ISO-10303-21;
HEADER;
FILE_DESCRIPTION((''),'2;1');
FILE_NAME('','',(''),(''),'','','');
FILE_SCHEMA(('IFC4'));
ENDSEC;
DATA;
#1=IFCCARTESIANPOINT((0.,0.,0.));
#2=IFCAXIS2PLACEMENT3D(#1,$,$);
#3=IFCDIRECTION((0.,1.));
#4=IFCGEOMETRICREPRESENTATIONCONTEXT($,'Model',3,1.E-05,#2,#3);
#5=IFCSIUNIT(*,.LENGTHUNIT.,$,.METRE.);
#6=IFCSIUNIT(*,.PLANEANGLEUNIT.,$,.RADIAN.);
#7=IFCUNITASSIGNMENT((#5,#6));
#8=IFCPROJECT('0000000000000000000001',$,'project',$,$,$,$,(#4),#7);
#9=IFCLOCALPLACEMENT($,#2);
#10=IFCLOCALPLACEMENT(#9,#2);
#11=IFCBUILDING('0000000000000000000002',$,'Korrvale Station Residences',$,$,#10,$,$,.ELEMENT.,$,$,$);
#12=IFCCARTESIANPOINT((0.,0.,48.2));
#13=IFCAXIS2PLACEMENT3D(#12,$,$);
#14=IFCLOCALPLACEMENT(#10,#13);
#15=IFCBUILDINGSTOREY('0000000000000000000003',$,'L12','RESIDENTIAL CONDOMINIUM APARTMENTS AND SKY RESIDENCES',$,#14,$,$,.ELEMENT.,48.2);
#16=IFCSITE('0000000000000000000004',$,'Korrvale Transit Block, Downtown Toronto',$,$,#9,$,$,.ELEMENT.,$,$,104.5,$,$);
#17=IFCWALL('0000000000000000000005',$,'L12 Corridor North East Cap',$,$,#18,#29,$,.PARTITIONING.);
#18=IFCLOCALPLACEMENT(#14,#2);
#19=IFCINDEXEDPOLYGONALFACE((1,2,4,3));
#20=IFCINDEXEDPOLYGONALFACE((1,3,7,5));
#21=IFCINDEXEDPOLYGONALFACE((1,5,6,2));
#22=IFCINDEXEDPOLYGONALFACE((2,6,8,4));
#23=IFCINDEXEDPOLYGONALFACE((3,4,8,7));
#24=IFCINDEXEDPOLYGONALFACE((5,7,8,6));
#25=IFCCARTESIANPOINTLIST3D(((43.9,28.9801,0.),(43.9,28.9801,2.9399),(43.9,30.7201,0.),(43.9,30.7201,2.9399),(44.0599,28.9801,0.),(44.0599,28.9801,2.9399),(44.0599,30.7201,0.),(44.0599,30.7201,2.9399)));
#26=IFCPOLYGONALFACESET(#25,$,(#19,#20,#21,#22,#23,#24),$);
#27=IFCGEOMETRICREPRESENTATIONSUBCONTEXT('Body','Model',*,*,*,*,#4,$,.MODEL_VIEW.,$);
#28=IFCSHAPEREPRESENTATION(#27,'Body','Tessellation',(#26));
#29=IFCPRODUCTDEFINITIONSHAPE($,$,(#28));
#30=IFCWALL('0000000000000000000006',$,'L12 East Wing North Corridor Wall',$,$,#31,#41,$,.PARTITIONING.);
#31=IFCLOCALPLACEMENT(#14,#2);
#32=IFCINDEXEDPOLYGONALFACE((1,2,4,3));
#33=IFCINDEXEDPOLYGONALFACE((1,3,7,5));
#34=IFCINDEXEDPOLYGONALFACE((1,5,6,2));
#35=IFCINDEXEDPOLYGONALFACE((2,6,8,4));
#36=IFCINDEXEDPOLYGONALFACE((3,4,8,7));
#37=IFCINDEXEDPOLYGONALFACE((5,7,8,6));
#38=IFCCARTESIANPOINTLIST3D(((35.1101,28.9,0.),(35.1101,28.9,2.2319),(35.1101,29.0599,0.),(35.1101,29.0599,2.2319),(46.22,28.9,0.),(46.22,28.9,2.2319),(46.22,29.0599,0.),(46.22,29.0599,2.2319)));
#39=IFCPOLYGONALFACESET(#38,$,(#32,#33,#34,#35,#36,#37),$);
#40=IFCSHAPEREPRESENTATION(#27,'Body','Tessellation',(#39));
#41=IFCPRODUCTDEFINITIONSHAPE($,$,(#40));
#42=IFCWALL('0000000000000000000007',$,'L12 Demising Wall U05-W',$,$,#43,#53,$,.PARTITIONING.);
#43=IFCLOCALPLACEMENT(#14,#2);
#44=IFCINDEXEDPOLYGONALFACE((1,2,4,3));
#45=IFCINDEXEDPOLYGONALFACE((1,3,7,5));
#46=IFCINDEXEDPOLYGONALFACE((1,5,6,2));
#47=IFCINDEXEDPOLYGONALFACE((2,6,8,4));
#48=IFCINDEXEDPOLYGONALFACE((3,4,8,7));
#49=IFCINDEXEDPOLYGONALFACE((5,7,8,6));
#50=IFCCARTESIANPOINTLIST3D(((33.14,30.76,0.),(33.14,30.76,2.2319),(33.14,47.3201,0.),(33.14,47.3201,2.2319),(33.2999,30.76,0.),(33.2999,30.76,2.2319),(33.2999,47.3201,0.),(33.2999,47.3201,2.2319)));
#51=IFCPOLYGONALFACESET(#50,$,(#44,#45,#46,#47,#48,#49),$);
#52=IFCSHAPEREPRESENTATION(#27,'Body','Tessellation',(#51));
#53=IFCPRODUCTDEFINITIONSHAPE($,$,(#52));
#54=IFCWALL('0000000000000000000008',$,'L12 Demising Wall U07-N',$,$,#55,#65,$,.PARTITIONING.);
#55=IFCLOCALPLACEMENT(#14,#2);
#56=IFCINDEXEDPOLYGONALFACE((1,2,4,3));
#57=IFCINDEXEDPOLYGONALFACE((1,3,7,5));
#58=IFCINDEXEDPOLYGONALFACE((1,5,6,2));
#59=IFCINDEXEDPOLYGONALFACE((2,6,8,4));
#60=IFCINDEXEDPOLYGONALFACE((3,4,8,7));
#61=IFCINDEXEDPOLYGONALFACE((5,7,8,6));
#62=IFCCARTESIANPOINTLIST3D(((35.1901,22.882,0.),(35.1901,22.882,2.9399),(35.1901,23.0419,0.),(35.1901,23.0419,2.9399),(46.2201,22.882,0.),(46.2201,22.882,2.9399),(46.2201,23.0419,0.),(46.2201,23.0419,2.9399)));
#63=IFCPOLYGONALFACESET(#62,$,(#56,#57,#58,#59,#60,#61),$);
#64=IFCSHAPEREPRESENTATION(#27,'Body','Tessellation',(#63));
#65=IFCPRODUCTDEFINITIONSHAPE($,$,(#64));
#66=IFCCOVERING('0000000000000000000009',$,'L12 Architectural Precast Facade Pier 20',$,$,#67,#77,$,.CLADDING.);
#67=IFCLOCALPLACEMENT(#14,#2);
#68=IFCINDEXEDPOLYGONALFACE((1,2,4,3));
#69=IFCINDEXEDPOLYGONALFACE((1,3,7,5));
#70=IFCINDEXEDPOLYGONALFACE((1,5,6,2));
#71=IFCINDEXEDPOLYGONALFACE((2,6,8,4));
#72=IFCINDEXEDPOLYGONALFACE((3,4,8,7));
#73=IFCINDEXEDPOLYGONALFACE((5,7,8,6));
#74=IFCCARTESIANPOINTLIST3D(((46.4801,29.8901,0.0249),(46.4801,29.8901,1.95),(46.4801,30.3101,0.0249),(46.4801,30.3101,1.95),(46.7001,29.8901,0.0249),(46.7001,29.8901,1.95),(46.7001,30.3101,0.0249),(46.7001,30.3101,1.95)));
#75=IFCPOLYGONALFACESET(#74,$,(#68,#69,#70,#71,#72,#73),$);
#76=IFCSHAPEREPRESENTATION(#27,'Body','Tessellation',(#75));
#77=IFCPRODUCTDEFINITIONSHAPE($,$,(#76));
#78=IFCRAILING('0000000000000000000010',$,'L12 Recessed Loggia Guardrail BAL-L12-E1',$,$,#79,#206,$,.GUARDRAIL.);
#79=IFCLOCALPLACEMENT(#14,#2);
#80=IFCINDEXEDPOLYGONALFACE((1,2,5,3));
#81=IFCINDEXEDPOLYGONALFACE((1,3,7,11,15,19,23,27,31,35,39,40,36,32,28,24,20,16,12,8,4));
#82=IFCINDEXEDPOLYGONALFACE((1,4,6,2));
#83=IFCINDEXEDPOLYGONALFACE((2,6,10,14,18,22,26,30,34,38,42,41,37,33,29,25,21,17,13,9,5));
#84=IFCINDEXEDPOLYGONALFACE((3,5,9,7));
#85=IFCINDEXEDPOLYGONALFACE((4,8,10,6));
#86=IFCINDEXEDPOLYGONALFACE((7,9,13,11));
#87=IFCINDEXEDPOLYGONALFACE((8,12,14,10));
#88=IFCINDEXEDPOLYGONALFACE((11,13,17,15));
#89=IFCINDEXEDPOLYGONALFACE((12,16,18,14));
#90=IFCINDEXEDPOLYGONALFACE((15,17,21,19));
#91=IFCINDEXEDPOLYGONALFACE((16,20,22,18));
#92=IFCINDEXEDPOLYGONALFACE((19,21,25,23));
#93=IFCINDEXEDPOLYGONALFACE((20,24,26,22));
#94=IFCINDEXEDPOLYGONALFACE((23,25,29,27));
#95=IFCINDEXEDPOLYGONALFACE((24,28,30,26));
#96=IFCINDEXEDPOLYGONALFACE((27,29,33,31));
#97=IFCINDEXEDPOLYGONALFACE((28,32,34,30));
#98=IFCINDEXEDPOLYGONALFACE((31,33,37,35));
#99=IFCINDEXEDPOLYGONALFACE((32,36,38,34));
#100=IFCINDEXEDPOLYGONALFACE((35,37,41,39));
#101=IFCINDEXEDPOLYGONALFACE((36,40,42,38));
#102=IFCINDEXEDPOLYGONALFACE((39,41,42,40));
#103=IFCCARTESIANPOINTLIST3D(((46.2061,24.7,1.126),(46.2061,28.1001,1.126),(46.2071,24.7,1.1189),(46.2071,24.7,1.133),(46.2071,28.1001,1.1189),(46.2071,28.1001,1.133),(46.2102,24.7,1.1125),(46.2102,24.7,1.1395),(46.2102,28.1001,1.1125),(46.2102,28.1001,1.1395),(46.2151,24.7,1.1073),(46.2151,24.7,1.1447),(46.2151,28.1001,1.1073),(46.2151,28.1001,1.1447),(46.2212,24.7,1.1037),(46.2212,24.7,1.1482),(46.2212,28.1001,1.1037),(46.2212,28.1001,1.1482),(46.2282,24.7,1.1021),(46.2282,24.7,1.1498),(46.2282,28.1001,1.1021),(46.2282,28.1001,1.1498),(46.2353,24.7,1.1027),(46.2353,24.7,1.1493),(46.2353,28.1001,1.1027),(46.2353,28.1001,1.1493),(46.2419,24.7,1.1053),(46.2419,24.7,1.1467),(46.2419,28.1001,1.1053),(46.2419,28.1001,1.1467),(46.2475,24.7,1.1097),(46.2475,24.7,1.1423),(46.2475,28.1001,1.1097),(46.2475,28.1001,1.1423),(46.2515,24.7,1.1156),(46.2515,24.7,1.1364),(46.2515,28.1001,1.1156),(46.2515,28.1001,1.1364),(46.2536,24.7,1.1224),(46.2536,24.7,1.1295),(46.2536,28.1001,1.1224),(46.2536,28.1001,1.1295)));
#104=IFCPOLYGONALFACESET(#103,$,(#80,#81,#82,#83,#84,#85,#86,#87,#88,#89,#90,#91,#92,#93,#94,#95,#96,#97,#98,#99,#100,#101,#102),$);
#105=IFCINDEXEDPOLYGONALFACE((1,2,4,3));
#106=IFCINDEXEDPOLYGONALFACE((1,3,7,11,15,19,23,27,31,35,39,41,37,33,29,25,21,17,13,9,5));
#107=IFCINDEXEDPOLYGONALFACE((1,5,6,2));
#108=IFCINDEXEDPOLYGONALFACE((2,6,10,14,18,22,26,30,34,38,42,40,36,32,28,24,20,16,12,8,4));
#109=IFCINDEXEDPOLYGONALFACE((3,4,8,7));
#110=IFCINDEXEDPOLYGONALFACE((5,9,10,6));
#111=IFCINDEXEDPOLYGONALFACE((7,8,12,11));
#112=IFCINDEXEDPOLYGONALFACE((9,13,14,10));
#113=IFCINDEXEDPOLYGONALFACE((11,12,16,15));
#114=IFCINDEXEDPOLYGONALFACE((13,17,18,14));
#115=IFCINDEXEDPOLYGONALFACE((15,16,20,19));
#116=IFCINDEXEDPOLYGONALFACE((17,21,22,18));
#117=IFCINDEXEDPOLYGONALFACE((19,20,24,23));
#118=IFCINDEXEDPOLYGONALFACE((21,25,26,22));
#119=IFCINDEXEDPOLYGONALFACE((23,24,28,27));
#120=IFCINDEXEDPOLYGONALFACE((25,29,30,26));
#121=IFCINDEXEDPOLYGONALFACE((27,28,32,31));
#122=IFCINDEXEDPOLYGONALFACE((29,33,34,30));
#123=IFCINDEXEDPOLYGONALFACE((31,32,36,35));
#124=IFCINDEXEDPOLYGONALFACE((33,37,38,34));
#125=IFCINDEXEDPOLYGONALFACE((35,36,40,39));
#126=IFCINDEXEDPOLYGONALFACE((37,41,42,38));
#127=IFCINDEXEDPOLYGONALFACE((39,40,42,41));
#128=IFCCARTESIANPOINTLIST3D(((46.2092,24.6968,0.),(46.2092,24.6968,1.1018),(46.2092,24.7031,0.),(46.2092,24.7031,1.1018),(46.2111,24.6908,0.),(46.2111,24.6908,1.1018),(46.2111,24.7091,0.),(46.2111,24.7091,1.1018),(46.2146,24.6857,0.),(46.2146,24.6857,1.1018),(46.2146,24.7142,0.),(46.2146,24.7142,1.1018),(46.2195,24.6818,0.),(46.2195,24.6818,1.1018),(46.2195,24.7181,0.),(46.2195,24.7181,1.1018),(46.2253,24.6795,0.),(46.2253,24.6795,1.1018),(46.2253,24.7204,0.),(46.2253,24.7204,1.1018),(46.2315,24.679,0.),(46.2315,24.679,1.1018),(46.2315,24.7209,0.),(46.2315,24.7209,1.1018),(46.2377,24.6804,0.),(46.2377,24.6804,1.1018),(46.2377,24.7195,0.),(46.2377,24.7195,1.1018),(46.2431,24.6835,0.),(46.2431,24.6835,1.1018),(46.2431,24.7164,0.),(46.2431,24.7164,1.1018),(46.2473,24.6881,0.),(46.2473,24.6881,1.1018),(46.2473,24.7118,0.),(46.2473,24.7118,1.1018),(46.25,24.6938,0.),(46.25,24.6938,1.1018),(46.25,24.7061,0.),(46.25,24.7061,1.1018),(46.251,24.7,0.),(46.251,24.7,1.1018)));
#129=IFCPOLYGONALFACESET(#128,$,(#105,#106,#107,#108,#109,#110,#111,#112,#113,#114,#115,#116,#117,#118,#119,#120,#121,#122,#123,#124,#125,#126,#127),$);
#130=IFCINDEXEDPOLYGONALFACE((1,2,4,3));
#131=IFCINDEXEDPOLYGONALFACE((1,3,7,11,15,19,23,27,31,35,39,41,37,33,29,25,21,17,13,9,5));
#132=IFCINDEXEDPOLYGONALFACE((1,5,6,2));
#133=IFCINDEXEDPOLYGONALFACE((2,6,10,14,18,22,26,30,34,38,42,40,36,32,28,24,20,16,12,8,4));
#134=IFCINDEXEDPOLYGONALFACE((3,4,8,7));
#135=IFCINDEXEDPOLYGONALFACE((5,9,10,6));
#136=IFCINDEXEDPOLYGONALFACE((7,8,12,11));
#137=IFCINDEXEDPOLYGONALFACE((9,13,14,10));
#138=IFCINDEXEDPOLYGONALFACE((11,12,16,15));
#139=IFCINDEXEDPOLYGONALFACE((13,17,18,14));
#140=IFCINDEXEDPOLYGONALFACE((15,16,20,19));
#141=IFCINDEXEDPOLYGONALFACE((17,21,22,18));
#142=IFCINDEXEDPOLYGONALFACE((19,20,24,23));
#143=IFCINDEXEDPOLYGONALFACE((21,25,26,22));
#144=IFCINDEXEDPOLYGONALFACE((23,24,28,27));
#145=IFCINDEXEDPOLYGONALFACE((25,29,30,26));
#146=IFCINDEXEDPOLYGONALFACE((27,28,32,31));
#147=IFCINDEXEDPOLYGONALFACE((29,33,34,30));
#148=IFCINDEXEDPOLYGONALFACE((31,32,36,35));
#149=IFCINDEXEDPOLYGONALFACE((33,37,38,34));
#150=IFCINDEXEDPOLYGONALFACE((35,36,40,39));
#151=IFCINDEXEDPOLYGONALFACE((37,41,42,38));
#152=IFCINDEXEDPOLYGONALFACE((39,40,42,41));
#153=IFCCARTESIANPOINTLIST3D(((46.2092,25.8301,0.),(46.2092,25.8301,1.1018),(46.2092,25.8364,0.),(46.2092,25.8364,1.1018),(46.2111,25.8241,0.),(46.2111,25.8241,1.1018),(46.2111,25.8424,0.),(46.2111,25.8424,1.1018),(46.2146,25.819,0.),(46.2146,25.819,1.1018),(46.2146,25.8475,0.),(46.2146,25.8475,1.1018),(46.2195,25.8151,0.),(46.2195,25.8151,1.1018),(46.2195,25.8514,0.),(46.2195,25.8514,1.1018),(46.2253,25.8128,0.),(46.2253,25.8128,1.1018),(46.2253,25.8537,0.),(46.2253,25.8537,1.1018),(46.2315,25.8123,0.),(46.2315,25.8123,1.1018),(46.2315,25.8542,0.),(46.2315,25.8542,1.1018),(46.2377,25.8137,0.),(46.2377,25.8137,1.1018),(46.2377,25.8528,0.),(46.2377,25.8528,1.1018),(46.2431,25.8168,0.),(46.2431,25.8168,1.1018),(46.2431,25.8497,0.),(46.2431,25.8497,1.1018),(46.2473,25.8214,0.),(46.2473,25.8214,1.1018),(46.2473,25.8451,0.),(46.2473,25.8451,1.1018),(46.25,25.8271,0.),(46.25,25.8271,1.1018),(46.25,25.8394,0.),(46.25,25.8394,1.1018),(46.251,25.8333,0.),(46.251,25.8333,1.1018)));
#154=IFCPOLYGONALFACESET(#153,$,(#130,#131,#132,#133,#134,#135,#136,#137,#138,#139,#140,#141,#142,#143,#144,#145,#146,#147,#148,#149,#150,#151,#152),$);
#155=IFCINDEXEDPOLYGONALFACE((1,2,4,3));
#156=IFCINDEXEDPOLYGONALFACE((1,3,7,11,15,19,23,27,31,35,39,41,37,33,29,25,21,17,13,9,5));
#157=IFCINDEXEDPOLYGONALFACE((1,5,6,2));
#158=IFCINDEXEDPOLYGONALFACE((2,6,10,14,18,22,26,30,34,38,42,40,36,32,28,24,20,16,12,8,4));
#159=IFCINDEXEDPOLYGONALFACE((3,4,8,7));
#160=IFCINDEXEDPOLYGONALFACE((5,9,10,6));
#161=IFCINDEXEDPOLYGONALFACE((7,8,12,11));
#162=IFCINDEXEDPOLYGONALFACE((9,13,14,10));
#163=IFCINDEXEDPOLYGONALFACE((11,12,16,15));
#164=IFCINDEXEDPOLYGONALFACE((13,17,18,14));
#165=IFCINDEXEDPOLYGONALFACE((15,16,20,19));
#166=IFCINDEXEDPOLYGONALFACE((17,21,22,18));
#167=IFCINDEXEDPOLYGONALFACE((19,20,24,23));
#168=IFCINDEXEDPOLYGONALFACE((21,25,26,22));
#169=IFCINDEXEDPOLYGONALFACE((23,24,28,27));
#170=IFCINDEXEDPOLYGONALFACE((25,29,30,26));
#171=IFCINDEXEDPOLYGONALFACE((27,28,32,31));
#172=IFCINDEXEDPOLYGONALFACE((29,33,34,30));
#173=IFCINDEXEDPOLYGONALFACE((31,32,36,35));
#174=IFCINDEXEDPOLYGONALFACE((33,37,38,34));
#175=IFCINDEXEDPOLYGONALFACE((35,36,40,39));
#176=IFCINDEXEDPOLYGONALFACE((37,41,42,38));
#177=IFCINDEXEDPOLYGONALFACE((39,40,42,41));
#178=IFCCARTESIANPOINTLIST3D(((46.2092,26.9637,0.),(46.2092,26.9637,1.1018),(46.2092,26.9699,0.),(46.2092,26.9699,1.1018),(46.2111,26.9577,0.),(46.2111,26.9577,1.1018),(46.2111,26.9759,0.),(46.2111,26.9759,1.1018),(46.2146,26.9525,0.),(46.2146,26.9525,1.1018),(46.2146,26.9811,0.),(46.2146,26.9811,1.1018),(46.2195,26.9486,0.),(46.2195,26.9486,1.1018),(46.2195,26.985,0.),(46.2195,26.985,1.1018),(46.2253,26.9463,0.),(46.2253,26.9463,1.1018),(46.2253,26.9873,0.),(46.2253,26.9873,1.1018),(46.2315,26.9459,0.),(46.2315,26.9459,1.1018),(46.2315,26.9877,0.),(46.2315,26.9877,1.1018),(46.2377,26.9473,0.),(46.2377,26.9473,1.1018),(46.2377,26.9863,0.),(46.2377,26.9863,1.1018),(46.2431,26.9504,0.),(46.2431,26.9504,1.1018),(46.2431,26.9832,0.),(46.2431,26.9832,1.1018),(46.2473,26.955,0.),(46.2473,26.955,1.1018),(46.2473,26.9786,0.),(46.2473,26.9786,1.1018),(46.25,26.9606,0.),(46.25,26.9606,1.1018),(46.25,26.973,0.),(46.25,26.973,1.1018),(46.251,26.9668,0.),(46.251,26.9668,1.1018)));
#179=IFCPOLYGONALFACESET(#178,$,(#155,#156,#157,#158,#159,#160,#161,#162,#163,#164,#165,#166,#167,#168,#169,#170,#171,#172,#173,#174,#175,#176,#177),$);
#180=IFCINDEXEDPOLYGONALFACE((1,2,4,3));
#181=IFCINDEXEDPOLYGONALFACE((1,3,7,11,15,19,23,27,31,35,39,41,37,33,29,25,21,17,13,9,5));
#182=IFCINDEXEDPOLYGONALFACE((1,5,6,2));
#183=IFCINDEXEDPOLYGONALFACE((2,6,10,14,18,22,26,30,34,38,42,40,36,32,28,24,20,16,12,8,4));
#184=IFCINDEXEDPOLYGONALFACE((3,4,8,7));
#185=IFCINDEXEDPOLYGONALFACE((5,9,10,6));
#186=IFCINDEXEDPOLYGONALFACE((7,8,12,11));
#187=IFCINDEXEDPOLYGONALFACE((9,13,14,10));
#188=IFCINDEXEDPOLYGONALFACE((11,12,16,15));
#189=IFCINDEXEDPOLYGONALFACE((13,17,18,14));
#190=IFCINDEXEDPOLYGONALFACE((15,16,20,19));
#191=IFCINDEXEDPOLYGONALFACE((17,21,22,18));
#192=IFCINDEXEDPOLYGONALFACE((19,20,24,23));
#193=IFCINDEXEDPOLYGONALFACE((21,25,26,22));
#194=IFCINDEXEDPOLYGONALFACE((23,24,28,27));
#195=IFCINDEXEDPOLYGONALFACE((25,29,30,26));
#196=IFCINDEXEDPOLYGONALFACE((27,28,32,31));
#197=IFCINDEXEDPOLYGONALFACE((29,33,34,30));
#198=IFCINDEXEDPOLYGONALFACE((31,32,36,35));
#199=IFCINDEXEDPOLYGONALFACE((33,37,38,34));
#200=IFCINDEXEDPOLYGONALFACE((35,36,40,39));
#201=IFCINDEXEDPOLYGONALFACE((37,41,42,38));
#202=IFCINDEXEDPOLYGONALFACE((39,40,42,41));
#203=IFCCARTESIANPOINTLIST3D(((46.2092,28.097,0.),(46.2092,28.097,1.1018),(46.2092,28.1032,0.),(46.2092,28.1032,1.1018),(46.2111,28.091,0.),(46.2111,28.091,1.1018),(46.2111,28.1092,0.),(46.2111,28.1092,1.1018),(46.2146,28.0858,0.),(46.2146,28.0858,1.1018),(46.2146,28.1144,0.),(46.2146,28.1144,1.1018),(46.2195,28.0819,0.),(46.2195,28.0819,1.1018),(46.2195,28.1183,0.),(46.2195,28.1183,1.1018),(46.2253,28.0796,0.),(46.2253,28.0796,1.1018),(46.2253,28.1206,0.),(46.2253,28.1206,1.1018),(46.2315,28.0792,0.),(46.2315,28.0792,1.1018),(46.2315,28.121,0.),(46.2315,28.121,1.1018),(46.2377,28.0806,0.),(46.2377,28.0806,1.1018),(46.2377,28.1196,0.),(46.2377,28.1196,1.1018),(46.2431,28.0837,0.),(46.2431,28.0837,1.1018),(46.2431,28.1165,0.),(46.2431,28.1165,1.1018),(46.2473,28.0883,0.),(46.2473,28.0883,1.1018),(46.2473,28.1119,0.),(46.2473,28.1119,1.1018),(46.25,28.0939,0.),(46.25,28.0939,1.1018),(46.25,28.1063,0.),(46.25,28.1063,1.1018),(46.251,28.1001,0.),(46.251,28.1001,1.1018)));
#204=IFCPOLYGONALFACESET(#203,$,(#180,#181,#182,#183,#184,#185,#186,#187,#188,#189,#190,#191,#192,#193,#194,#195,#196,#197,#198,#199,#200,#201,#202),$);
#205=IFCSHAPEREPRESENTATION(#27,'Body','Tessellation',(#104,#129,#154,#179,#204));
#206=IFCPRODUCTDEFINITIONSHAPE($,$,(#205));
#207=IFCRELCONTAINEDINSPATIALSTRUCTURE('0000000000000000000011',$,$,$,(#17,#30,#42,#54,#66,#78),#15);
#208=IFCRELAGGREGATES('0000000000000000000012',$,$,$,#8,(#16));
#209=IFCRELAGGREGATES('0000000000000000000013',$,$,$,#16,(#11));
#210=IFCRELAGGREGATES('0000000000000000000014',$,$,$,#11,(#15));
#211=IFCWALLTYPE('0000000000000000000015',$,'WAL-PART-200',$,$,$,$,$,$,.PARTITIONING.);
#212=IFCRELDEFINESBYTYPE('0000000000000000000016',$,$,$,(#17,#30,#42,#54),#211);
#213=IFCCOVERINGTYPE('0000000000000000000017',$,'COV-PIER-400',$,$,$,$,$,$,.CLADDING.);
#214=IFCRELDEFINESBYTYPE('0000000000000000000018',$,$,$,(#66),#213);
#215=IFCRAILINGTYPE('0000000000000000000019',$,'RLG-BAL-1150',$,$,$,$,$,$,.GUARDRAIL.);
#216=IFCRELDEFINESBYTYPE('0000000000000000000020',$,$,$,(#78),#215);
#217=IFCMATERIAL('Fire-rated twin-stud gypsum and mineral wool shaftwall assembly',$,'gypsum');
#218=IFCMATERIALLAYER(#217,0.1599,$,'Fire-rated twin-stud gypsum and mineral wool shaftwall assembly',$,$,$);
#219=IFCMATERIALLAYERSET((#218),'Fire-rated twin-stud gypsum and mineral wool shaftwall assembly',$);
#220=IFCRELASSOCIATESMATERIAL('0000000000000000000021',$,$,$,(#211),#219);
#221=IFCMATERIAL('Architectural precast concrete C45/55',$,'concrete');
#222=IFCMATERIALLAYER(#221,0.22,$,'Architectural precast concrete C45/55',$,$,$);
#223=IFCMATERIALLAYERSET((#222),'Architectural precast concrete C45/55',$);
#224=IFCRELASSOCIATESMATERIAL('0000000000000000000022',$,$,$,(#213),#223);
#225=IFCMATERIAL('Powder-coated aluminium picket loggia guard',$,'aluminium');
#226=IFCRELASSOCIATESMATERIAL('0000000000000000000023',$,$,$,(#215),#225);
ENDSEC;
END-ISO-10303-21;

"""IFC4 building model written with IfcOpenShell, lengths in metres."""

from ifc_helpers import new_model, si_unit, direction, frame, frame_2d, origin, origin_2d, place, context, subcontext, project, spatial, rectangle, circle, extrude, material, layer, layer_set, type_object, element, save


model = new_model("IFC4")

# Units and contexts
model_context = context("Model", 3, precision=1e-05, world=origin(), true_north=direction((0.0, 1.0)))
body_context = subcontext(model_context, "Body", "Model", "MODEL_VIEW")
ifc_project = project(units=[si_unit("LENGTHUNIT", "METRE"), si_unit("PLANEANGLEUNIT", "RADIAN")], contexts=[model_context])

# Site, building, storey
site_placement = place(None, origin())
site = spatial("IfcSite", under=ifc_project, at=site_placement, Name="Korrvale Transit Block, Downtown Toronto", CompositionType="ELEMENT", RefElevation=104.5)
building_placement = place(site_placement, origin())
building = spatial("IfcBuilding", under=site, at=building_placement, Name="Korrvale Station Residences", CompositionType="ELEMENT")
storey_placement = place(building_placement, frame((0.0, 0.0, 48.2)))
storey = spatial("IfcBuildingStorey", under=building, at=storey_placement, Name="L12", Description="RESIDENTIAL CONDOMINIUM APARTMENTS AND SKY RESIDENCES", CompositionType="ELEMENT", Elevation=48.2)

# Walls
ifc_material_1 = material(Name="Fire-rated twin-stud gypsum and mineral wool shaftwall assembly", Category="gypsum")
ifc_layer_1 = layer(ifc_material_1, 0.1599, Name="Fire-rated twin-stud gypsum and mineral wool shaftwall assembly")
ifc_layer_set_1 = layer_set([ifc_layer_1], Name="Fire-rated twin-stud gypsum and mineral wool shaftwall assembly")
wall_type_1 = type_object("IfcWallType", Name="WAL-PART-200", PredefinedType="PARTITIONING", material=ifc_layer_set_1)
wall_1_placement = place(storey_placement, frame((43.98, 28.98, 0.0), z_axis=(0.0, 0.0, 1.0), x_axis=(0.0, 1.0, 0.0)))
element("IfcWall", 1, at=wall_1_placement, inside=storey, type_object=wall_type_1, Name="L12 Corridor North East Cap", PredefinedType="PARTITIONING", context=body_context, shape_type="SweptSolid", body=[
    extrude(rectangle(XDim=1.74, YDim=0.1599, at=frame_2d((0.8701, 0.0))), origin(), (0.0, 0.0, 1.0), 2.9399),
])
wall_2_placement = place(storey_placement, frame((35.1101, 28.98, 0.0), z_axis=(0.0, 0.0, 1.0), x_axis=(1.0, 0.0, 0.0)))
element("IfcWall", 2, at=wall_2_placement, inside=storey, type_object=wall_type_1, Name="L12 East Wing North Corridor Wall", PredefinedType="PARTITIONING", context=body_context, shape_type="SweptSolid", body=[
    extrude(rectangle(XDim=11.1099, YDim=0.1599, at=frame_2d((5.5549, 0.0))), origin(), (0.0, 0.0, 1.0), 2.2319),
])
wall_3_placement = place(storey_placement, frame((33.22, 30.76, 0.0), z_axis=(0.0, 0.0, 1.0), x_axis=(0.0, 1.0, 0.0)))
element("IfcWall", 3, at=wall_3_placement, inside=storey, type_object=wall_type_1, Name="L12 Demising Wall U05-W", PredefinedType="PARTITIONING", context=body_context, shape_type="SweptSolid", body=[
    extrude(rectangle(XDim=16.5601, YDim=0.1599, at=frame_2d((8.28, 0.0))), origin(), (0.0, 0.0, 1.0), 2.2319),
])
wall_4_placement = place(storey_placement, frame((35.1899, 22.9619, 0.0), z_axis=(0.0, 0.0, 1.0), x_axis=(1.0, 0.0, 0.0)))
element("IfcWall", 4, at=wall_4_placement, inside=storey, type_object=wall_type_1, Name="L12 Demising Wall U07-N", PredefinedType="PARTITIONING", context=body_context, shape_type="SweptSolid", body=[
    extrude(rectangle(XDim=11.03, YDim=0.1599, at=frame_2d((5.5151, 0.0))), origin(), (0.0, 0.0, 1.0), 2.9399),
])

# Covering
ifc_material_2 = material(Name="Architectural precast concrete C45/55", Category="concrete")
ifc_layer_2 = layer(ifc_material_2, 0.22, Name="Architectural precast concrete C45/55")
ifc_layer_set_2 = layer_set([ifc_layer_2], Name="Architectural precast concrete C45/55")
covering_type = type_object("IfcCoveringType", Name="COV-PIER-400", PredefinedType="CLADDING", material=ifc_layer_set_2)
covering_placement = place(storey_placement, frame((46.5901, 30.1001, 0.0249), z_axis=(0.0, 0.0, 1.0), x_axis=(0.0, 1.0, 0.0)))
element("IfcCovering", 5, at=covering_placement, inside=storey, type_object=covering_type, Name="L12 Architectural Precast Facade Pier 20", PredefinedType="CLADDING", context=body_context, shape_type="SweptSolid", body=[
    extrude(rectangle(XDim=0.4199, YDim=0.22, at=origin_2d()), origin(), (0.0, 0.0, 1.0), 1.925),
])

# Railing
ifc_material_3 = material(Name="Powder-coated aluminium picket loggia guard", Category="aluminium")
railing_type = type_object("IfcRailingType", Name="RLG-BAL-1150", PredefinedType="GUARDRAIL", material=ifc_material_3)
railing_placement = place(storey_placement, frame((46.23, 24.7, 0.0)))
element("IfcRailing", 6, at=railing_placement, inside=storey, type_object=railing_type, Name="L12 Recessed Loggia Guardrail BAL-L12-E1", PredefinedType="GUARDRAIL", context=body_context, shape_type="SweptSolid", body=[
    extrude(circle(Radius=0.0239, at=origin_2d()), frame((0.0, 0.0, 1.126), z_axis=(0.0, 1.0, 0.0), x_axis=(-1.0, 0.0, 0.0)), (0.0, 0.0, 1.0), 3.4001),
    extrude(circle(Radius=0.021, at=origin_2d()), origin(), (0.0, 0.0, 1.0), 1.1018),
    extrude(circle(Radius=0.021, at=origin_2d()), frame((0.0, 1.1333, 0.0)), (0.0, 0.0, 1.0), 1.1018),
    extrude(circle(Radius=0.021, at=origin_2d()), frame((0.0, 2.2668, 0.0)), (0.0, 0.0, 1.0), 1.1018),
    extrude(circle(Radius=0.021, at=origin_2d()), frame((0.0, 3.4001, 0.0)), (0.0, 0.0, 1.0), 1.1018),
])

save(model, "model.ifc")
